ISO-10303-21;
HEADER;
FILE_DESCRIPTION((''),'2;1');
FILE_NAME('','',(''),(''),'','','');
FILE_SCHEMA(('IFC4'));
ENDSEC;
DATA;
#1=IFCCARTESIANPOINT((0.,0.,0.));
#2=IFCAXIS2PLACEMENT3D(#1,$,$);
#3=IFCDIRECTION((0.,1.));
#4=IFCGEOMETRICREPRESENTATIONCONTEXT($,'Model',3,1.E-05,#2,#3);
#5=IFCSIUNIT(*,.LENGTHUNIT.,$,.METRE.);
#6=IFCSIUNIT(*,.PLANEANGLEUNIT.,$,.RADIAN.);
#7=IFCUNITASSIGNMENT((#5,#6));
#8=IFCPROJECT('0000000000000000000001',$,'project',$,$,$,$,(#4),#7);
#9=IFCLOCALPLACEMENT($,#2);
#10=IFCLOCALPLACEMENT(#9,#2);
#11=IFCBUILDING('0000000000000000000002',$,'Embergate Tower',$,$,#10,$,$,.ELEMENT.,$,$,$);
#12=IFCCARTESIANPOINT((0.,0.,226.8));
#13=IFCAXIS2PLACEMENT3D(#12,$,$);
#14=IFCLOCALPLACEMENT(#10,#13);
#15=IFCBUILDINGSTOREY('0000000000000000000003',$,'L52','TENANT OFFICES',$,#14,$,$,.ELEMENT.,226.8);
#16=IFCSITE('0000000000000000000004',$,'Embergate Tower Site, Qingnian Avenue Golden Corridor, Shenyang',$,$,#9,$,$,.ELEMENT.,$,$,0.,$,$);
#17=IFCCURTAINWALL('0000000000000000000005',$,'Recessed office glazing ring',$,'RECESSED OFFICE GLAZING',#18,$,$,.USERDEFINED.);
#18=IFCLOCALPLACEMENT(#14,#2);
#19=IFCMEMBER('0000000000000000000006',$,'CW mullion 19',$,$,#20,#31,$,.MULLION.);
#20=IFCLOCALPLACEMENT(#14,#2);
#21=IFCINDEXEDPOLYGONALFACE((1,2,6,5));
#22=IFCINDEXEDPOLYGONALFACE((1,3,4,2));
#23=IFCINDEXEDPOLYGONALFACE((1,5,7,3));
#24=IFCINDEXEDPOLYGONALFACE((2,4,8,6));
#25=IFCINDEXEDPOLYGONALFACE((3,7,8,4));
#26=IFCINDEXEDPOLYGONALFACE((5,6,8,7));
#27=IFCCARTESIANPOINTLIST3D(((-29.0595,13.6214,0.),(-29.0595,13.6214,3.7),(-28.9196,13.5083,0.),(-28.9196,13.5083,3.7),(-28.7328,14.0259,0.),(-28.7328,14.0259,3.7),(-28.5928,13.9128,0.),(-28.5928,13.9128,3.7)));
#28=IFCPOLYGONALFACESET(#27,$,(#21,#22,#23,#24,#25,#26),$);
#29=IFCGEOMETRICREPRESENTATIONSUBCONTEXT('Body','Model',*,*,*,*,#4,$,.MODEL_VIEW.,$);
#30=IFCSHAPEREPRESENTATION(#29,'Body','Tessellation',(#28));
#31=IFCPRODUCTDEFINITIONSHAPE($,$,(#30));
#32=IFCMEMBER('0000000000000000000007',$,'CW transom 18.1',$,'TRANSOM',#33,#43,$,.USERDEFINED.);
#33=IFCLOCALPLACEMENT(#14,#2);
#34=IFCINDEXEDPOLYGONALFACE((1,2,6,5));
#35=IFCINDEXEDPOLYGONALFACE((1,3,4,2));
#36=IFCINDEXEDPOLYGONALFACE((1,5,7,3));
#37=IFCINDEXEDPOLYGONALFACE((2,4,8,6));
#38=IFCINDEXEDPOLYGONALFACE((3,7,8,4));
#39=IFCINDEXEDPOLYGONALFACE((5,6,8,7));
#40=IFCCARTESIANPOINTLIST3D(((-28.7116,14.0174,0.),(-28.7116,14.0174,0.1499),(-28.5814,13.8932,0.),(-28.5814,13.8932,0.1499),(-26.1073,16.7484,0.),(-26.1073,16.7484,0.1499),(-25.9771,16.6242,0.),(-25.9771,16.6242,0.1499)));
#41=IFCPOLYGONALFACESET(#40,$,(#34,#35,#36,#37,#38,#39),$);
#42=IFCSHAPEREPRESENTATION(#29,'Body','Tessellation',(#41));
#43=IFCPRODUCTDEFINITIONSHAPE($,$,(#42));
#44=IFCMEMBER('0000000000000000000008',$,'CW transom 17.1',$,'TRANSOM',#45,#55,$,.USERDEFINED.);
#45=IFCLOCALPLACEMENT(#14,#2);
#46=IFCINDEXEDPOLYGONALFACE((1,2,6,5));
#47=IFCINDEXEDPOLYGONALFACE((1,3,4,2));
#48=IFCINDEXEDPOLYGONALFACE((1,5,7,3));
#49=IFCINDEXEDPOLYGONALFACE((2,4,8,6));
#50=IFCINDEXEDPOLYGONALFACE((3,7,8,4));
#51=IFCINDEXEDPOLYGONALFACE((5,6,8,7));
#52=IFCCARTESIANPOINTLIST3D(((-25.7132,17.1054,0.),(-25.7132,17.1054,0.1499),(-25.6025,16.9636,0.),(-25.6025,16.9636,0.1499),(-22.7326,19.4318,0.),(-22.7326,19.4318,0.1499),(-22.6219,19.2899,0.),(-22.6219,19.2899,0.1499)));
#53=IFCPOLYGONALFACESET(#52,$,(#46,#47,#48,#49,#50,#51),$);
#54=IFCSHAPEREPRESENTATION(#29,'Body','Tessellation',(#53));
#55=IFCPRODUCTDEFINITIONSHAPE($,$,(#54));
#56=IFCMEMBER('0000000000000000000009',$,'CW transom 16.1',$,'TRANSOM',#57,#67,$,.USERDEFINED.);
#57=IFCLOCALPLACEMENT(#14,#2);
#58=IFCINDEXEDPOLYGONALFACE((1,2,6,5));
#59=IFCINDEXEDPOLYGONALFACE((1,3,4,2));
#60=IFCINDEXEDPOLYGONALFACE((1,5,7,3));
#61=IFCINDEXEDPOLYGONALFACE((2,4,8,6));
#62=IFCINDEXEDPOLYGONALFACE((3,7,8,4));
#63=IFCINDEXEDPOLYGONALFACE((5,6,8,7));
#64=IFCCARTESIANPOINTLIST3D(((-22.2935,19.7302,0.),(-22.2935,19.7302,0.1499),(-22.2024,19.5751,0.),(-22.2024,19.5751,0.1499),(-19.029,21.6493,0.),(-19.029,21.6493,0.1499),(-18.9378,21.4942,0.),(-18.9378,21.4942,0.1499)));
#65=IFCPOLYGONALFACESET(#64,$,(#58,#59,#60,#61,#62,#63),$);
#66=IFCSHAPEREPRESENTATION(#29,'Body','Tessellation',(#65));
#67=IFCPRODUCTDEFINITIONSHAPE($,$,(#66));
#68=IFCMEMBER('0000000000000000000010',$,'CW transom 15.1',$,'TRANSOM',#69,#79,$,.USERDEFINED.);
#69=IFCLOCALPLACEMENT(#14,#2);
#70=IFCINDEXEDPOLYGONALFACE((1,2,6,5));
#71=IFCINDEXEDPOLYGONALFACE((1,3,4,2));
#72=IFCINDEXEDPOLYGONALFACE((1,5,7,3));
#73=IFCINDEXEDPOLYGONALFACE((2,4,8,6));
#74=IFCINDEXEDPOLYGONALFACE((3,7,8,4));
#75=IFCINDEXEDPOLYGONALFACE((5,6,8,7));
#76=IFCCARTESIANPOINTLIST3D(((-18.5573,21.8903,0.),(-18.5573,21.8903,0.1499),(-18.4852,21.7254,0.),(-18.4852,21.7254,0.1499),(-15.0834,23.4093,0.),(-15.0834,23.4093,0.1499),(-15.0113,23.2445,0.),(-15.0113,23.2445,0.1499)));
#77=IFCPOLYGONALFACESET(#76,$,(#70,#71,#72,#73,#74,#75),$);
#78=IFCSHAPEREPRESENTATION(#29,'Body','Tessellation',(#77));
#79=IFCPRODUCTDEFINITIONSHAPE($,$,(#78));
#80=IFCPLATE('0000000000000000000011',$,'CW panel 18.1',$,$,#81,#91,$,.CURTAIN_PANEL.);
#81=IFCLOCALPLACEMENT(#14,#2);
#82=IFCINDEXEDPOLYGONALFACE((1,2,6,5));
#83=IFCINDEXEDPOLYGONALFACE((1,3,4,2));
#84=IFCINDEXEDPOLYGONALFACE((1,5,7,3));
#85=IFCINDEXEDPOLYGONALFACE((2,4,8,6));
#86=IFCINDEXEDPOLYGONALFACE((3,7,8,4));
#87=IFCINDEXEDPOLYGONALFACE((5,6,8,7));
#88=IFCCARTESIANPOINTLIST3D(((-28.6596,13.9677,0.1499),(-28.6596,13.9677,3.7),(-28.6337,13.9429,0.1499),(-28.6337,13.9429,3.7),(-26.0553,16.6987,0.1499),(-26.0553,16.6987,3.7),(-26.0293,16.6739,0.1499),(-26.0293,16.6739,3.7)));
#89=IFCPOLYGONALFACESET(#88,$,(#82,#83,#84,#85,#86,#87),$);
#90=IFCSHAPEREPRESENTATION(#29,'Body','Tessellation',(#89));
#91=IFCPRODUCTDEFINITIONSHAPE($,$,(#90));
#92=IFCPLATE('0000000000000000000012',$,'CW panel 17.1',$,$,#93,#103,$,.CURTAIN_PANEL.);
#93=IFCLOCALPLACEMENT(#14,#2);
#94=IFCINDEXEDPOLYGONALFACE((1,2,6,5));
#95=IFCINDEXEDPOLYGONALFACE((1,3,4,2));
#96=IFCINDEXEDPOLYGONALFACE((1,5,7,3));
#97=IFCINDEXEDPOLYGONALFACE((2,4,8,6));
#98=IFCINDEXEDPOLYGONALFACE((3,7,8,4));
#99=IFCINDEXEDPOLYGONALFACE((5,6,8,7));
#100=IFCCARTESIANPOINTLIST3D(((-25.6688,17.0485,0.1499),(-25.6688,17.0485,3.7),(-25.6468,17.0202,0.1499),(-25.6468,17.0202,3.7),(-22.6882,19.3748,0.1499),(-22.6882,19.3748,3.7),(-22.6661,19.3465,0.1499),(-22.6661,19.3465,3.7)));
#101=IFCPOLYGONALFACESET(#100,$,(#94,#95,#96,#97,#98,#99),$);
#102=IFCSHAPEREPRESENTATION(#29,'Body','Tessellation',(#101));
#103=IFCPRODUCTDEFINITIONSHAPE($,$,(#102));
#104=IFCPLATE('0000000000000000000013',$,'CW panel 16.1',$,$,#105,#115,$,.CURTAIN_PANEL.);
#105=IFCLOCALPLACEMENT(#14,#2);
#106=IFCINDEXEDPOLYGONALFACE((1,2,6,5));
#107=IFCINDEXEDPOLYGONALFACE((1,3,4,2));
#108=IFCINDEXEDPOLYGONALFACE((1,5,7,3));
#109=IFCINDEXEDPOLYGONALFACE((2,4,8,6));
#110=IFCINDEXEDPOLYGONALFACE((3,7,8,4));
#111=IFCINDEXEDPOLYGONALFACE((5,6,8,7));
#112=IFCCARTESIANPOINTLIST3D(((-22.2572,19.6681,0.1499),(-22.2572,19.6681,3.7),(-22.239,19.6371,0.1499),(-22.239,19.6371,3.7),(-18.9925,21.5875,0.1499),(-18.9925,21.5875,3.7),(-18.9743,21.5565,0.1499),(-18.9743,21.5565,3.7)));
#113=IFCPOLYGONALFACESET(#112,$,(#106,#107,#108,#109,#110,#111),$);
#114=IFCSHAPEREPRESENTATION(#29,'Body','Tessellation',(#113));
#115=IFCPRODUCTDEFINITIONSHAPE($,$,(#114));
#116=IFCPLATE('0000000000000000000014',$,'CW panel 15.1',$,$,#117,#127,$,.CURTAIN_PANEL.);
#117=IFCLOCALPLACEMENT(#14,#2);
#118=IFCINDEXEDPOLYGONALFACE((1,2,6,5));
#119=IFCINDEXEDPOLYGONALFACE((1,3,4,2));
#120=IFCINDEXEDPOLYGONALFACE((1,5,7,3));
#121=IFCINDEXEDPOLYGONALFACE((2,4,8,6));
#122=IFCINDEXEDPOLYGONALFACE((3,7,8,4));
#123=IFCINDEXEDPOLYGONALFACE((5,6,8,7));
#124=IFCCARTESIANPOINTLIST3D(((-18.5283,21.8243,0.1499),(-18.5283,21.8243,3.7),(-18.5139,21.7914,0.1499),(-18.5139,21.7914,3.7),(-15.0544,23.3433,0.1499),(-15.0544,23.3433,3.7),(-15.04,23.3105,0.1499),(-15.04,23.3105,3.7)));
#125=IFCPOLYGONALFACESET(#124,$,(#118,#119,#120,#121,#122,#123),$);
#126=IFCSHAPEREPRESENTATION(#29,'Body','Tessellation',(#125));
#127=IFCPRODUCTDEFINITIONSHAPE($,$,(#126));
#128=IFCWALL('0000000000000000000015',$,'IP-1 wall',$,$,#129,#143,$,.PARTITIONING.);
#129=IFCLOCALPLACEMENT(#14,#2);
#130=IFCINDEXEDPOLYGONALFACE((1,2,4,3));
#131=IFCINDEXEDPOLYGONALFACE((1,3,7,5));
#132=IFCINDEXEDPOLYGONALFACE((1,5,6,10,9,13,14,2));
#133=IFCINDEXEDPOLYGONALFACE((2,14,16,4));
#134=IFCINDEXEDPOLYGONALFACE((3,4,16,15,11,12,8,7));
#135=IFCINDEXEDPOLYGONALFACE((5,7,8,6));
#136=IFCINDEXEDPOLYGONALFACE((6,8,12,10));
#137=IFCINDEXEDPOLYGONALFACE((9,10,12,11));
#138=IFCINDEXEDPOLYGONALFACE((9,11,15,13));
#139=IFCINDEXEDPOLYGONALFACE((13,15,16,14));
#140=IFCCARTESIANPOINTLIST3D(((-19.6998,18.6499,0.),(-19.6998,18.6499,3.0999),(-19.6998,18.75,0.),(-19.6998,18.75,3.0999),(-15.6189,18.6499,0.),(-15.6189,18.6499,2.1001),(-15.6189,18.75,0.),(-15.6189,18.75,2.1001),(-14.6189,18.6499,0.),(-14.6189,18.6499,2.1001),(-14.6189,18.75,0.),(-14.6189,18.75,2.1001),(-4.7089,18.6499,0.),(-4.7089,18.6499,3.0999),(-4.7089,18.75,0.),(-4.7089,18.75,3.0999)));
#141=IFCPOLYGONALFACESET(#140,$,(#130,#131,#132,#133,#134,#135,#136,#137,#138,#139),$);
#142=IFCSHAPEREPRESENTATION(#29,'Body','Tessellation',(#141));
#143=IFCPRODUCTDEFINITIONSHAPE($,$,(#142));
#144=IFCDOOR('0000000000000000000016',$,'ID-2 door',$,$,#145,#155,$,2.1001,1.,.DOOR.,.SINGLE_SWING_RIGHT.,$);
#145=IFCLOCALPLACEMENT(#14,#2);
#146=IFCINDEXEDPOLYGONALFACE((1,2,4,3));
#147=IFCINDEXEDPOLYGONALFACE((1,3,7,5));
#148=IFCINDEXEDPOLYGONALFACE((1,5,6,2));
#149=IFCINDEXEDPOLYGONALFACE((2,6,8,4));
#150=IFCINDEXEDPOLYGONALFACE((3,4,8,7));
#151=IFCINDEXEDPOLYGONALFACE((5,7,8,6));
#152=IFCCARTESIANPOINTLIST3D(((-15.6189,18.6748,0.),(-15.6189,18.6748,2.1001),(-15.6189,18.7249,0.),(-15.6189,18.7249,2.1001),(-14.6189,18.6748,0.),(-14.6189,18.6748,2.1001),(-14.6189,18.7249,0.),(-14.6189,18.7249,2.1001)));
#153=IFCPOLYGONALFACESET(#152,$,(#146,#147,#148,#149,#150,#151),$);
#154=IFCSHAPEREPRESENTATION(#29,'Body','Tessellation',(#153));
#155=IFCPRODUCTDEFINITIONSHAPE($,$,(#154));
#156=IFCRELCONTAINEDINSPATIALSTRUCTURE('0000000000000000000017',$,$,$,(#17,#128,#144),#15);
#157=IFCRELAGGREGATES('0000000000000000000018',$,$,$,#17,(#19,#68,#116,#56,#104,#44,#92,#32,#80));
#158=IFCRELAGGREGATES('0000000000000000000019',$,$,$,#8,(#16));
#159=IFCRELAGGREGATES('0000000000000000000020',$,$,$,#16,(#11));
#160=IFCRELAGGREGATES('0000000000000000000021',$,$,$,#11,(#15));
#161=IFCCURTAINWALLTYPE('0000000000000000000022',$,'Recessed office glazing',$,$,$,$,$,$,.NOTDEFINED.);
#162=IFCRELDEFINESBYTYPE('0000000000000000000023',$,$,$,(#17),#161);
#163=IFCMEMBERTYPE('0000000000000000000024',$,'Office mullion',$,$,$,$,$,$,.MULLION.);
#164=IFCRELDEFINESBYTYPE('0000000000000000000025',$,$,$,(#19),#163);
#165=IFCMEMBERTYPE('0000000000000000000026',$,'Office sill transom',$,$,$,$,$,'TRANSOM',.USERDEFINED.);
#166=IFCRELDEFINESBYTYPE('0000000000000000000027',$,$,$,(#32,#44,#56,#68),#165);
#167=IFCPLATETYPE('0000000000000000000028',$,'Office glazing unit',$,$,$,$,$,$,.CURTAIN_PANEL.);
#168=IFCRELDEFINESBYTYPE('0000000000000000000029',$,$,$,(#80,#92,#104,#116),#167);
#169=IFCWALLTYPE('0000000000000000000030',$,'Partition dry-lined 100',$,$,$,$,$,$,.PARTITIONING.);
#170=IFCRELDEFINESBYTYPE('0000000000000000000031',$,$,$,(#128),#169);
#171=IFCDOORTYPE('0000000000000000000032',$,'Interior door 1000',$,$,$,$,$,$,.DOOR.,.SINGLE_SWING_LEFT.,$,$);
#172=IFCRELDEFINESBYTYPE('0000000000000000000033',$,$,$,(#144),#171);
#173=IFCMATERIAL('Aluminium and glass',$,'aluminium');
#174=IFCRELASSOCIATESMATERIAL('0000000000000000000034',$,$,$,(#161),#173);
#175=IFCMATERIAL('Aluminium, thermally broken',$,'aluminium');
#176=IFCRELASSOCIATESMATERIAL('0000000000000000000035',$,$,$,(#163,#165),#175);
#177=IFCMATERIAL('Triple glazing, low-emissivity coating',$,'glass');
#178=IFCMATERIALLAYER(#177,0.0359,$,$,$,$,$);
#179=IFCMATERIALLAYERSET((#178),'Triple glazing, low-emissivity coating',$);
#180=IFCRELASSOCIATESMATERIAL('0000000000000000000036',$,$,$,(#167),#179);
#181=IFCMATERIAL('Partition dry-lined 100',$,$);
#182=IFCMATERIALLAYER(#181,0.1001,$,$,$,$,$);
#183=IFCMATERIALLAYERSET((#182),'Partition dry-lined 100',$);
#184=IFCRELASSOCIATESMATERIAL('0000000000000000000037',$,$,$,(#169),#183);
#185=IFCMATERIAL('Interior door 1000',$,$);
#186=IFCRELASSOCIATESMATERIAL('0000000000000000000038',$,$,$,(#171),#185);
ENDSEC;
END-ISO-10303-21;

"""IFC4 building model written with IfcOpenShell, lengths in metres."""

from ifc_helpers import new_model, si_unit, direction, frame, frame_2d, origin, origin_2d, place, context, subcontext, project, spatial, rectangle, extrude, source, transform, mapped, material, layer, layer_set, material_profile, profile_set, type_object, element, fill, aggregate, save


model = new_model("IFC4")

# Units and contexts
model_context = context("Model", 3, precision=1e-05, world=origin(), true_north=direction((0.0, 1.0)))
body_context = subcontext(model_context, "Body", "Model", "MODEL_VIEW")
ifc_project = project(units=[si_unit("LENGTHUNIT", "METRE"), si_unit("PLANEANGLEUNIT", "RADIAN")], contexts=[model_context])

# Site, building, storey
site_placement = place(None, origin())
site = spatial("IfcSite", under=ifc_project, at=site_placement, Name="Embergate Tower Site, Qingnian Avenue Golden Corridor, Shenyang", CompositionType="ELEMENT", RefElevation=0.0)
building_placement = place(site_placement, origin())
building = spatial("IfcBuilding", under=site, at=building_placement, Name="Embergate Tower", CompositionType="ELEMENT")
storey_placement = place(building_placement, frame((0.0, 0.0, 226.8)))
storey = spatial("IfcBuildingStorey", under=building, at=storey_placement, Name="L52", Description="TENANT OFFICES", CompositionType="ELEMENT", Elevation=226.8)

# Curtain wall, members, plates
ifc_material_1 = material(Name="Aluminium and glass", Category="aluminium")
curtain_wall_type = type_object("IfcCurtainWallType", Name="Recessed office glazing", PredefinedType="NOTDEFINED", material=ifc_material_1)
curtain_wall_placement = place(storey_placement, origin())
curtain_wall = element("IfcCurtainWall", 1, at=curtain_wall_placement, inside=storey, type_object=curtain_wall_type, Name="Recessed office glazing ring", ObjectType="RECESSED OFFICE GLAZING", PredefinedType="USERDEFINED")
ifc_material_2 = material(Name="Aluminium, thermally broken", Category="aluminium")
ifc_material_profile_1 = material_profile(ifc_material_2, rectangle(XDim=0.1799, YDim=0.52, at=origin_2d()), Name="AL 520x180")
ifc_profile_set_1 = profile_set([ifc_material_profile_1], Name="Aluminium, thermally broken")
member_type_1 = type_object("IfcMemberType", Name="Office mullion", PredefinedType="MULLION", material=ifc_profile_set_1)
shared_shape_1 = source(origin(), body_context, "Body", "SweptSolid", [
    extrude(rectangle(XDim=0.1799, YDim=0.52, at=origin_2d()), origin(), (0.0, 0.0, 1.0), 3.7),
])
member_1_placement = place(storey_placement, frame((-28.8262, 13.7671, 0.0), z_axis=(0.0, 0.0, 1.0), x_axis=(0.777873, -0.628422, 0.0)))
member_1 = element("IfcMember", 2, at=member_1_placement, type_object=member_type_1, Name="CW mullion 19", PredefinedType="MULLION", context=body_context, shape_type="MappedRepresentation", body=[
    mapped(shared_shape_1, transform((0.0, 0.0, 0.0))),
])
ifc_material_profile_2 = material_profile(ifc_material_2, rectangle(XDim=0.1799, YDim=0.1499, at=origin_2d()), Name="AL 150x180")
ifc_profile_set_2 = profile_set([ifc_material_profile_2], Name="Aluminium, thermally broken")
member_type_2 = type_object("IfcMemberType", Name="Office sill transom", ElementType="TRANSOM", PredefinedType="USERDEFINED", material=ifc_profile_set_2)
shared_shape_2 = source(origin(), body_context, "Body", "SweptSolid", [
    extrude(rectangle(XDim=0.1799, YDim=0.1499, at=origin_2d()), origin(), (0.0, 0.0, 1.0), 3.7737),
])
member_2_placement = place(storey_placement, frame((-26.0422, 16.6863, 0.075), z_axis=(-0.690119, -0.723696, 0.0), x_axis=(0.723696, -0.690119, 0.0)))
member_2 = element("IfcMember", 3, at=member_2_placement, type_object=member_type_2, Name="CW transom 18.1", ObjectType="TRANSOM", PredefinedType="USERDEFINED", context=body_context, shape_type="MappedRepresentation", body=[
    mapped(shared_shape_2, transform((0.0, 0.0, 0.0))),
])
shared_shape_3 = source(origin(), body_context, "Body", "SweptSolid", [
    extrude(rectangle(XDim=0.1799, YDim=0.1499, at=origin_2d()), origin(), (0.0, 0.0, 1.0), 3.781),
])
member_3_placement = place(storey_placement, frame((-22.6772, 19.3608, 0.075), z_axis=(-0.788315, -0.615272, 0.0), x_axis=(0.615272, -0.788315, 0.0)))
member_3 = element("IfcMember", 4, at=member_3_placement, type_object=member_type_2, Name="CW transom 17.1", ObjectType="TRANSOM", PredefinedType="USERDEFINED", context=body_context, shape_type="MappedRepresentation", body=[
    mapped(shared_shape_3, transform((0.0, 0.0, 0.0))),
])
shared_shape_4 = source(origin(), body_context, "Body", "SweptSolid", [
    extrude(rectangle(XDim=0.1799, YDim=0.1499, at=origin_2d()), origin(), (0.0, 0.0, 1.0), 3.7869),
])
member_4_placement = place(storey_placement, frame((-18.9834, 21.5718, 0.075), z_axis=(-0.862072, -0.506786, 0.0), x_axis=(0.506786, -0.862072, 0.0)))
member_4 = element("IfcMember", 5, at=member_4_placement, type_object=member_type_2, Name="CW transom 16.1", ObjectType="TRANSOM", PredefinedType="USERDEFINED", context=body_context, shape_type="MappedRepresentation", body=[
    mapped(shared_shape_4, transform((0.0, 0.0, 0.0))),
])
shared_shape_5 = source(origin(), body_context, "Body", "SweptSolid", [
    extrude(rectangle(XDim=0.1799, YDim=0.1499, at=origin_2d()), origin(), (0.0, 0.0, 1.0), 3.7915),
])
member_5_placement = place(storey_placement, frame((-15.0474, 23.3269, 0.075), z_axis=(-0.916233, -0.400647, 0.0), x_axis=(0.400647, -0.916233, 0.0)))
member_5 = element("IfcMember", 6, at=member_5_placement, type_object=member_type_2, Name="CW transom 15.1", ObjectType="TRANSOM", PredefinedType="USERDEFINED", context=body_context, shape_type="MappedRepresentation", body=[
    mapped(shared_shape_5, transform((0.0, 0.0, 0.0))),
])
ifc_material_3 = material(Name="Triple glazing, low-emissivity coating", Category="glass")
ifc_layer_1 = layer(ifc_material_3, 0.0359)
ifc_layer_set_1 = layer_set([ifc_layer_1], Name="Triple glazing, low-emissivity coating")
plate_type = type_object("IfcPlateType", Name="Office glazing unit", PredefinedType="CURTAIN_PANEL", material=ifc_layer_set_1)
shared_shape_6 = source(origin(), body_context, "Body", "SweptSolid", [
    extrude(rectangle(XDim=3.7737, YDim=0.0359, at=origin_2d()), origin(), (0.0, 0.0, 1.0), 3.55),
])
plate_1_placement = place(storey_placement, frame((-27.3445, 15.3208, 0.1499), z_axis=(0.0, 0.0, 1.0), x_axis=(-0.69013, -0.723685, 0.0)))
plate_1 = element("IfcPlate", 7, at=plate_1_placement, type_object=plate_type, Name="CW panel 18.1", PredefinedType="CURTAIN_PANEL", context=body_context, shape_type="MappedRepresentation", body=[
    mapped(shared_shape_6, transform((0.0, 0.0, 0.0))),
])
shared_shape_7 = source(origin(), body_context, "Body", "SweptSolid", [
    extrude(rectangle(XDim=3.781, YDim=0.0359, at=origin_2d()), origin(), (0.0, 0.0, 1.0), 3.55),
])
plate_2_placement = place(storey_placement, frame((-24.1675, 18.1975, 0.1499), z_axis=(0.0, 0.0, 1.0), x_axis=(-0.788317, -0.615269, 0.0)))
plate_2 = element("IfcPlate", 8, at=plate_2_placement, type_object=plate_type, Name="CW panel 17.1", PredefinedType="CURTAIN_PANEL", context=body_context, shape_type="MappedRepresentation", body=[
    mapped(shared_shape_7, transform((0.0, 0.0, 0.0))),
])
shared_shape_8 = source(origin(), body_context, "Body", "SweptSolid", [
    extrude(rectangle(XDim=3.7871, YDim=0.0359, at=origin_2d()), origin(), (0.0, 0.0, 1.0), 3.55),
])
plate_3_placement = place(storey_placement, frame((-20.6157, 20.6123, 0.1499), z_axis=(0.0, 0.0, 1.0), x_axis=(-0.862051, -0.506822, 0.0)))
plate_3 = element("IfcPlate", 9, at=plate_3_placement, type_object=plate_type, Name="CW panel 16.1", PredefinedType="CURTAIN_PANEL", context=body_context, shape_type="MappedRepresentation", body=[
    mapped(shared_shape_8, transform((0.0, 0.0, 0.0))),
])
shared_shape_9 = source(origin(), body_context, "Body", "SweptSolid", [
    extrude(rectangle(XDim=3.7915, YDim=0.0359, at=origin_2d()), origin(), (0.0, 0.0, 1.0), 3.55),
])
plate_4_placement = place(storey_placement, frame((-16.7842, 22.5674, 0.1499), z_axis=(0.0, 0.0, 1.0), x_axis=(-0.916234, -0.400643, 0.0)))
plate_4 = element("IfcPlate", 10, at=plate_4_placement, type_object=plate_type, Name="CW panel 15.1", PredefinedType="CURTAIN_PANEL", context=body_context, shape_type="MappedRepresentation", body=[
    mapped(shared_shape_9, transform((0.0, 0.0, 0.0))),
])
aggregate(curtain_wall, [member_1, member_5, plate_4, member_4, plate_3, member_3, plate_2, member_2, plate_1])

# Wall, opening, door
ifc_material_4 = material(Name="Partition dry-lined 100")
ifc_layer_2 = layer(ifc_material_4, 0.1001)
ifc_layer_set_2 = layer_set([ifc_layer_2], Name="Partition dry-lined 100")
wall_type = type_object("IfcWallType", Name="Partition dry-lined 100", PredefinedType="PARTITIONING", material=ifc_layer_set_2)
shared_shape_10 = source(origin(), body_context, "Body", "SweptSolid", [
    extrude(rectangle(XDim=14.991, YDim=0.1001, at=frame_2d((7.4956, 0.0))), origin(), (0.0, 0.0, 1.0), 3.0999),
])
wall_placement = place(storey_placement, frame((-19.7, 18.7, 0.0), z_axis=(0.0, 0.0, 1.0), x_axis=(1.0, 0.0, 0.0)))
wall = element("IfcWall", 11, at=wall_placement, inside=storey, type_object=wall_type, Name="IP-1 wall", PredefinedType="PARTITIONING", context=body_context, shape_type="MappedRepresentation", body=[
    mapped(shared_shape_10, transform((0.0, 0.0, 0.0))),
])
shared_shape_11 = source(origin(), body_context, "Body", "SweptSolid", [
    extrude(rectangle(XDim=1.0, YDim=2.1001, at=frame_2d((0.5, 1.05))), frame((0.0, 0.0601, 0.0), z_axis=(0.0, -1.0, 0.0), x_axis=(1.0, 0.0, 0.0)), (0.0, 0.0, 1.0), 0.1201),
])
opening_placement = place(wall_placement, frame((4.0811, 0.0, 0.0)))
opening = element("IfcOpeningElement", 12, at=opening_placement, cuts=wall, PredefinedType="OPENING", context=body_context, shape_type="MappedRepresentation", body=[
    mapped(shared_shape_11, transform((0.0, 0.0, 0.0))),
])
ifc_material_5 = material(Name="Interior door 1000")
door_type = type_object("IfcDoorType", Name="Interior door 1000", OperationType="SINGLE_SWING_LEFT", PredefinedType="DOOR", material=ifc_material_5)
shared_shape_12 = source(origin(), body_context, "Body", "SweptSolid", [
    extrude(rectangle(XDim=1.0, YDim=2.1001, at=frame_2d((0.5, 1.05))), frame((0.0, 0.0249, 0.0), z_axis=(0.0, -1.0, 0.0), x_axis=(1.0, 0.0, 0.0)), (0.0, 0.0, 1.0), 0.05),
])
door_placement = place(opening_placement, origin())
door = element("IfcDoor", 13, at=door_placement, inside=storey, type_object=door_type, Name="ID-2 door", OperationType="SINGLE_SWING_RIGHT", OverallHeight=2.1001, OverallWidth=1.0, PredefinedType="DOOR", context=body_context, shape_type="MappedRepresentation", body=[
    mapped(shared_shape_12, transform((0.0, 0.0, 0.0))),
])
fill(opening, door)

save(model, "model.ifc")
